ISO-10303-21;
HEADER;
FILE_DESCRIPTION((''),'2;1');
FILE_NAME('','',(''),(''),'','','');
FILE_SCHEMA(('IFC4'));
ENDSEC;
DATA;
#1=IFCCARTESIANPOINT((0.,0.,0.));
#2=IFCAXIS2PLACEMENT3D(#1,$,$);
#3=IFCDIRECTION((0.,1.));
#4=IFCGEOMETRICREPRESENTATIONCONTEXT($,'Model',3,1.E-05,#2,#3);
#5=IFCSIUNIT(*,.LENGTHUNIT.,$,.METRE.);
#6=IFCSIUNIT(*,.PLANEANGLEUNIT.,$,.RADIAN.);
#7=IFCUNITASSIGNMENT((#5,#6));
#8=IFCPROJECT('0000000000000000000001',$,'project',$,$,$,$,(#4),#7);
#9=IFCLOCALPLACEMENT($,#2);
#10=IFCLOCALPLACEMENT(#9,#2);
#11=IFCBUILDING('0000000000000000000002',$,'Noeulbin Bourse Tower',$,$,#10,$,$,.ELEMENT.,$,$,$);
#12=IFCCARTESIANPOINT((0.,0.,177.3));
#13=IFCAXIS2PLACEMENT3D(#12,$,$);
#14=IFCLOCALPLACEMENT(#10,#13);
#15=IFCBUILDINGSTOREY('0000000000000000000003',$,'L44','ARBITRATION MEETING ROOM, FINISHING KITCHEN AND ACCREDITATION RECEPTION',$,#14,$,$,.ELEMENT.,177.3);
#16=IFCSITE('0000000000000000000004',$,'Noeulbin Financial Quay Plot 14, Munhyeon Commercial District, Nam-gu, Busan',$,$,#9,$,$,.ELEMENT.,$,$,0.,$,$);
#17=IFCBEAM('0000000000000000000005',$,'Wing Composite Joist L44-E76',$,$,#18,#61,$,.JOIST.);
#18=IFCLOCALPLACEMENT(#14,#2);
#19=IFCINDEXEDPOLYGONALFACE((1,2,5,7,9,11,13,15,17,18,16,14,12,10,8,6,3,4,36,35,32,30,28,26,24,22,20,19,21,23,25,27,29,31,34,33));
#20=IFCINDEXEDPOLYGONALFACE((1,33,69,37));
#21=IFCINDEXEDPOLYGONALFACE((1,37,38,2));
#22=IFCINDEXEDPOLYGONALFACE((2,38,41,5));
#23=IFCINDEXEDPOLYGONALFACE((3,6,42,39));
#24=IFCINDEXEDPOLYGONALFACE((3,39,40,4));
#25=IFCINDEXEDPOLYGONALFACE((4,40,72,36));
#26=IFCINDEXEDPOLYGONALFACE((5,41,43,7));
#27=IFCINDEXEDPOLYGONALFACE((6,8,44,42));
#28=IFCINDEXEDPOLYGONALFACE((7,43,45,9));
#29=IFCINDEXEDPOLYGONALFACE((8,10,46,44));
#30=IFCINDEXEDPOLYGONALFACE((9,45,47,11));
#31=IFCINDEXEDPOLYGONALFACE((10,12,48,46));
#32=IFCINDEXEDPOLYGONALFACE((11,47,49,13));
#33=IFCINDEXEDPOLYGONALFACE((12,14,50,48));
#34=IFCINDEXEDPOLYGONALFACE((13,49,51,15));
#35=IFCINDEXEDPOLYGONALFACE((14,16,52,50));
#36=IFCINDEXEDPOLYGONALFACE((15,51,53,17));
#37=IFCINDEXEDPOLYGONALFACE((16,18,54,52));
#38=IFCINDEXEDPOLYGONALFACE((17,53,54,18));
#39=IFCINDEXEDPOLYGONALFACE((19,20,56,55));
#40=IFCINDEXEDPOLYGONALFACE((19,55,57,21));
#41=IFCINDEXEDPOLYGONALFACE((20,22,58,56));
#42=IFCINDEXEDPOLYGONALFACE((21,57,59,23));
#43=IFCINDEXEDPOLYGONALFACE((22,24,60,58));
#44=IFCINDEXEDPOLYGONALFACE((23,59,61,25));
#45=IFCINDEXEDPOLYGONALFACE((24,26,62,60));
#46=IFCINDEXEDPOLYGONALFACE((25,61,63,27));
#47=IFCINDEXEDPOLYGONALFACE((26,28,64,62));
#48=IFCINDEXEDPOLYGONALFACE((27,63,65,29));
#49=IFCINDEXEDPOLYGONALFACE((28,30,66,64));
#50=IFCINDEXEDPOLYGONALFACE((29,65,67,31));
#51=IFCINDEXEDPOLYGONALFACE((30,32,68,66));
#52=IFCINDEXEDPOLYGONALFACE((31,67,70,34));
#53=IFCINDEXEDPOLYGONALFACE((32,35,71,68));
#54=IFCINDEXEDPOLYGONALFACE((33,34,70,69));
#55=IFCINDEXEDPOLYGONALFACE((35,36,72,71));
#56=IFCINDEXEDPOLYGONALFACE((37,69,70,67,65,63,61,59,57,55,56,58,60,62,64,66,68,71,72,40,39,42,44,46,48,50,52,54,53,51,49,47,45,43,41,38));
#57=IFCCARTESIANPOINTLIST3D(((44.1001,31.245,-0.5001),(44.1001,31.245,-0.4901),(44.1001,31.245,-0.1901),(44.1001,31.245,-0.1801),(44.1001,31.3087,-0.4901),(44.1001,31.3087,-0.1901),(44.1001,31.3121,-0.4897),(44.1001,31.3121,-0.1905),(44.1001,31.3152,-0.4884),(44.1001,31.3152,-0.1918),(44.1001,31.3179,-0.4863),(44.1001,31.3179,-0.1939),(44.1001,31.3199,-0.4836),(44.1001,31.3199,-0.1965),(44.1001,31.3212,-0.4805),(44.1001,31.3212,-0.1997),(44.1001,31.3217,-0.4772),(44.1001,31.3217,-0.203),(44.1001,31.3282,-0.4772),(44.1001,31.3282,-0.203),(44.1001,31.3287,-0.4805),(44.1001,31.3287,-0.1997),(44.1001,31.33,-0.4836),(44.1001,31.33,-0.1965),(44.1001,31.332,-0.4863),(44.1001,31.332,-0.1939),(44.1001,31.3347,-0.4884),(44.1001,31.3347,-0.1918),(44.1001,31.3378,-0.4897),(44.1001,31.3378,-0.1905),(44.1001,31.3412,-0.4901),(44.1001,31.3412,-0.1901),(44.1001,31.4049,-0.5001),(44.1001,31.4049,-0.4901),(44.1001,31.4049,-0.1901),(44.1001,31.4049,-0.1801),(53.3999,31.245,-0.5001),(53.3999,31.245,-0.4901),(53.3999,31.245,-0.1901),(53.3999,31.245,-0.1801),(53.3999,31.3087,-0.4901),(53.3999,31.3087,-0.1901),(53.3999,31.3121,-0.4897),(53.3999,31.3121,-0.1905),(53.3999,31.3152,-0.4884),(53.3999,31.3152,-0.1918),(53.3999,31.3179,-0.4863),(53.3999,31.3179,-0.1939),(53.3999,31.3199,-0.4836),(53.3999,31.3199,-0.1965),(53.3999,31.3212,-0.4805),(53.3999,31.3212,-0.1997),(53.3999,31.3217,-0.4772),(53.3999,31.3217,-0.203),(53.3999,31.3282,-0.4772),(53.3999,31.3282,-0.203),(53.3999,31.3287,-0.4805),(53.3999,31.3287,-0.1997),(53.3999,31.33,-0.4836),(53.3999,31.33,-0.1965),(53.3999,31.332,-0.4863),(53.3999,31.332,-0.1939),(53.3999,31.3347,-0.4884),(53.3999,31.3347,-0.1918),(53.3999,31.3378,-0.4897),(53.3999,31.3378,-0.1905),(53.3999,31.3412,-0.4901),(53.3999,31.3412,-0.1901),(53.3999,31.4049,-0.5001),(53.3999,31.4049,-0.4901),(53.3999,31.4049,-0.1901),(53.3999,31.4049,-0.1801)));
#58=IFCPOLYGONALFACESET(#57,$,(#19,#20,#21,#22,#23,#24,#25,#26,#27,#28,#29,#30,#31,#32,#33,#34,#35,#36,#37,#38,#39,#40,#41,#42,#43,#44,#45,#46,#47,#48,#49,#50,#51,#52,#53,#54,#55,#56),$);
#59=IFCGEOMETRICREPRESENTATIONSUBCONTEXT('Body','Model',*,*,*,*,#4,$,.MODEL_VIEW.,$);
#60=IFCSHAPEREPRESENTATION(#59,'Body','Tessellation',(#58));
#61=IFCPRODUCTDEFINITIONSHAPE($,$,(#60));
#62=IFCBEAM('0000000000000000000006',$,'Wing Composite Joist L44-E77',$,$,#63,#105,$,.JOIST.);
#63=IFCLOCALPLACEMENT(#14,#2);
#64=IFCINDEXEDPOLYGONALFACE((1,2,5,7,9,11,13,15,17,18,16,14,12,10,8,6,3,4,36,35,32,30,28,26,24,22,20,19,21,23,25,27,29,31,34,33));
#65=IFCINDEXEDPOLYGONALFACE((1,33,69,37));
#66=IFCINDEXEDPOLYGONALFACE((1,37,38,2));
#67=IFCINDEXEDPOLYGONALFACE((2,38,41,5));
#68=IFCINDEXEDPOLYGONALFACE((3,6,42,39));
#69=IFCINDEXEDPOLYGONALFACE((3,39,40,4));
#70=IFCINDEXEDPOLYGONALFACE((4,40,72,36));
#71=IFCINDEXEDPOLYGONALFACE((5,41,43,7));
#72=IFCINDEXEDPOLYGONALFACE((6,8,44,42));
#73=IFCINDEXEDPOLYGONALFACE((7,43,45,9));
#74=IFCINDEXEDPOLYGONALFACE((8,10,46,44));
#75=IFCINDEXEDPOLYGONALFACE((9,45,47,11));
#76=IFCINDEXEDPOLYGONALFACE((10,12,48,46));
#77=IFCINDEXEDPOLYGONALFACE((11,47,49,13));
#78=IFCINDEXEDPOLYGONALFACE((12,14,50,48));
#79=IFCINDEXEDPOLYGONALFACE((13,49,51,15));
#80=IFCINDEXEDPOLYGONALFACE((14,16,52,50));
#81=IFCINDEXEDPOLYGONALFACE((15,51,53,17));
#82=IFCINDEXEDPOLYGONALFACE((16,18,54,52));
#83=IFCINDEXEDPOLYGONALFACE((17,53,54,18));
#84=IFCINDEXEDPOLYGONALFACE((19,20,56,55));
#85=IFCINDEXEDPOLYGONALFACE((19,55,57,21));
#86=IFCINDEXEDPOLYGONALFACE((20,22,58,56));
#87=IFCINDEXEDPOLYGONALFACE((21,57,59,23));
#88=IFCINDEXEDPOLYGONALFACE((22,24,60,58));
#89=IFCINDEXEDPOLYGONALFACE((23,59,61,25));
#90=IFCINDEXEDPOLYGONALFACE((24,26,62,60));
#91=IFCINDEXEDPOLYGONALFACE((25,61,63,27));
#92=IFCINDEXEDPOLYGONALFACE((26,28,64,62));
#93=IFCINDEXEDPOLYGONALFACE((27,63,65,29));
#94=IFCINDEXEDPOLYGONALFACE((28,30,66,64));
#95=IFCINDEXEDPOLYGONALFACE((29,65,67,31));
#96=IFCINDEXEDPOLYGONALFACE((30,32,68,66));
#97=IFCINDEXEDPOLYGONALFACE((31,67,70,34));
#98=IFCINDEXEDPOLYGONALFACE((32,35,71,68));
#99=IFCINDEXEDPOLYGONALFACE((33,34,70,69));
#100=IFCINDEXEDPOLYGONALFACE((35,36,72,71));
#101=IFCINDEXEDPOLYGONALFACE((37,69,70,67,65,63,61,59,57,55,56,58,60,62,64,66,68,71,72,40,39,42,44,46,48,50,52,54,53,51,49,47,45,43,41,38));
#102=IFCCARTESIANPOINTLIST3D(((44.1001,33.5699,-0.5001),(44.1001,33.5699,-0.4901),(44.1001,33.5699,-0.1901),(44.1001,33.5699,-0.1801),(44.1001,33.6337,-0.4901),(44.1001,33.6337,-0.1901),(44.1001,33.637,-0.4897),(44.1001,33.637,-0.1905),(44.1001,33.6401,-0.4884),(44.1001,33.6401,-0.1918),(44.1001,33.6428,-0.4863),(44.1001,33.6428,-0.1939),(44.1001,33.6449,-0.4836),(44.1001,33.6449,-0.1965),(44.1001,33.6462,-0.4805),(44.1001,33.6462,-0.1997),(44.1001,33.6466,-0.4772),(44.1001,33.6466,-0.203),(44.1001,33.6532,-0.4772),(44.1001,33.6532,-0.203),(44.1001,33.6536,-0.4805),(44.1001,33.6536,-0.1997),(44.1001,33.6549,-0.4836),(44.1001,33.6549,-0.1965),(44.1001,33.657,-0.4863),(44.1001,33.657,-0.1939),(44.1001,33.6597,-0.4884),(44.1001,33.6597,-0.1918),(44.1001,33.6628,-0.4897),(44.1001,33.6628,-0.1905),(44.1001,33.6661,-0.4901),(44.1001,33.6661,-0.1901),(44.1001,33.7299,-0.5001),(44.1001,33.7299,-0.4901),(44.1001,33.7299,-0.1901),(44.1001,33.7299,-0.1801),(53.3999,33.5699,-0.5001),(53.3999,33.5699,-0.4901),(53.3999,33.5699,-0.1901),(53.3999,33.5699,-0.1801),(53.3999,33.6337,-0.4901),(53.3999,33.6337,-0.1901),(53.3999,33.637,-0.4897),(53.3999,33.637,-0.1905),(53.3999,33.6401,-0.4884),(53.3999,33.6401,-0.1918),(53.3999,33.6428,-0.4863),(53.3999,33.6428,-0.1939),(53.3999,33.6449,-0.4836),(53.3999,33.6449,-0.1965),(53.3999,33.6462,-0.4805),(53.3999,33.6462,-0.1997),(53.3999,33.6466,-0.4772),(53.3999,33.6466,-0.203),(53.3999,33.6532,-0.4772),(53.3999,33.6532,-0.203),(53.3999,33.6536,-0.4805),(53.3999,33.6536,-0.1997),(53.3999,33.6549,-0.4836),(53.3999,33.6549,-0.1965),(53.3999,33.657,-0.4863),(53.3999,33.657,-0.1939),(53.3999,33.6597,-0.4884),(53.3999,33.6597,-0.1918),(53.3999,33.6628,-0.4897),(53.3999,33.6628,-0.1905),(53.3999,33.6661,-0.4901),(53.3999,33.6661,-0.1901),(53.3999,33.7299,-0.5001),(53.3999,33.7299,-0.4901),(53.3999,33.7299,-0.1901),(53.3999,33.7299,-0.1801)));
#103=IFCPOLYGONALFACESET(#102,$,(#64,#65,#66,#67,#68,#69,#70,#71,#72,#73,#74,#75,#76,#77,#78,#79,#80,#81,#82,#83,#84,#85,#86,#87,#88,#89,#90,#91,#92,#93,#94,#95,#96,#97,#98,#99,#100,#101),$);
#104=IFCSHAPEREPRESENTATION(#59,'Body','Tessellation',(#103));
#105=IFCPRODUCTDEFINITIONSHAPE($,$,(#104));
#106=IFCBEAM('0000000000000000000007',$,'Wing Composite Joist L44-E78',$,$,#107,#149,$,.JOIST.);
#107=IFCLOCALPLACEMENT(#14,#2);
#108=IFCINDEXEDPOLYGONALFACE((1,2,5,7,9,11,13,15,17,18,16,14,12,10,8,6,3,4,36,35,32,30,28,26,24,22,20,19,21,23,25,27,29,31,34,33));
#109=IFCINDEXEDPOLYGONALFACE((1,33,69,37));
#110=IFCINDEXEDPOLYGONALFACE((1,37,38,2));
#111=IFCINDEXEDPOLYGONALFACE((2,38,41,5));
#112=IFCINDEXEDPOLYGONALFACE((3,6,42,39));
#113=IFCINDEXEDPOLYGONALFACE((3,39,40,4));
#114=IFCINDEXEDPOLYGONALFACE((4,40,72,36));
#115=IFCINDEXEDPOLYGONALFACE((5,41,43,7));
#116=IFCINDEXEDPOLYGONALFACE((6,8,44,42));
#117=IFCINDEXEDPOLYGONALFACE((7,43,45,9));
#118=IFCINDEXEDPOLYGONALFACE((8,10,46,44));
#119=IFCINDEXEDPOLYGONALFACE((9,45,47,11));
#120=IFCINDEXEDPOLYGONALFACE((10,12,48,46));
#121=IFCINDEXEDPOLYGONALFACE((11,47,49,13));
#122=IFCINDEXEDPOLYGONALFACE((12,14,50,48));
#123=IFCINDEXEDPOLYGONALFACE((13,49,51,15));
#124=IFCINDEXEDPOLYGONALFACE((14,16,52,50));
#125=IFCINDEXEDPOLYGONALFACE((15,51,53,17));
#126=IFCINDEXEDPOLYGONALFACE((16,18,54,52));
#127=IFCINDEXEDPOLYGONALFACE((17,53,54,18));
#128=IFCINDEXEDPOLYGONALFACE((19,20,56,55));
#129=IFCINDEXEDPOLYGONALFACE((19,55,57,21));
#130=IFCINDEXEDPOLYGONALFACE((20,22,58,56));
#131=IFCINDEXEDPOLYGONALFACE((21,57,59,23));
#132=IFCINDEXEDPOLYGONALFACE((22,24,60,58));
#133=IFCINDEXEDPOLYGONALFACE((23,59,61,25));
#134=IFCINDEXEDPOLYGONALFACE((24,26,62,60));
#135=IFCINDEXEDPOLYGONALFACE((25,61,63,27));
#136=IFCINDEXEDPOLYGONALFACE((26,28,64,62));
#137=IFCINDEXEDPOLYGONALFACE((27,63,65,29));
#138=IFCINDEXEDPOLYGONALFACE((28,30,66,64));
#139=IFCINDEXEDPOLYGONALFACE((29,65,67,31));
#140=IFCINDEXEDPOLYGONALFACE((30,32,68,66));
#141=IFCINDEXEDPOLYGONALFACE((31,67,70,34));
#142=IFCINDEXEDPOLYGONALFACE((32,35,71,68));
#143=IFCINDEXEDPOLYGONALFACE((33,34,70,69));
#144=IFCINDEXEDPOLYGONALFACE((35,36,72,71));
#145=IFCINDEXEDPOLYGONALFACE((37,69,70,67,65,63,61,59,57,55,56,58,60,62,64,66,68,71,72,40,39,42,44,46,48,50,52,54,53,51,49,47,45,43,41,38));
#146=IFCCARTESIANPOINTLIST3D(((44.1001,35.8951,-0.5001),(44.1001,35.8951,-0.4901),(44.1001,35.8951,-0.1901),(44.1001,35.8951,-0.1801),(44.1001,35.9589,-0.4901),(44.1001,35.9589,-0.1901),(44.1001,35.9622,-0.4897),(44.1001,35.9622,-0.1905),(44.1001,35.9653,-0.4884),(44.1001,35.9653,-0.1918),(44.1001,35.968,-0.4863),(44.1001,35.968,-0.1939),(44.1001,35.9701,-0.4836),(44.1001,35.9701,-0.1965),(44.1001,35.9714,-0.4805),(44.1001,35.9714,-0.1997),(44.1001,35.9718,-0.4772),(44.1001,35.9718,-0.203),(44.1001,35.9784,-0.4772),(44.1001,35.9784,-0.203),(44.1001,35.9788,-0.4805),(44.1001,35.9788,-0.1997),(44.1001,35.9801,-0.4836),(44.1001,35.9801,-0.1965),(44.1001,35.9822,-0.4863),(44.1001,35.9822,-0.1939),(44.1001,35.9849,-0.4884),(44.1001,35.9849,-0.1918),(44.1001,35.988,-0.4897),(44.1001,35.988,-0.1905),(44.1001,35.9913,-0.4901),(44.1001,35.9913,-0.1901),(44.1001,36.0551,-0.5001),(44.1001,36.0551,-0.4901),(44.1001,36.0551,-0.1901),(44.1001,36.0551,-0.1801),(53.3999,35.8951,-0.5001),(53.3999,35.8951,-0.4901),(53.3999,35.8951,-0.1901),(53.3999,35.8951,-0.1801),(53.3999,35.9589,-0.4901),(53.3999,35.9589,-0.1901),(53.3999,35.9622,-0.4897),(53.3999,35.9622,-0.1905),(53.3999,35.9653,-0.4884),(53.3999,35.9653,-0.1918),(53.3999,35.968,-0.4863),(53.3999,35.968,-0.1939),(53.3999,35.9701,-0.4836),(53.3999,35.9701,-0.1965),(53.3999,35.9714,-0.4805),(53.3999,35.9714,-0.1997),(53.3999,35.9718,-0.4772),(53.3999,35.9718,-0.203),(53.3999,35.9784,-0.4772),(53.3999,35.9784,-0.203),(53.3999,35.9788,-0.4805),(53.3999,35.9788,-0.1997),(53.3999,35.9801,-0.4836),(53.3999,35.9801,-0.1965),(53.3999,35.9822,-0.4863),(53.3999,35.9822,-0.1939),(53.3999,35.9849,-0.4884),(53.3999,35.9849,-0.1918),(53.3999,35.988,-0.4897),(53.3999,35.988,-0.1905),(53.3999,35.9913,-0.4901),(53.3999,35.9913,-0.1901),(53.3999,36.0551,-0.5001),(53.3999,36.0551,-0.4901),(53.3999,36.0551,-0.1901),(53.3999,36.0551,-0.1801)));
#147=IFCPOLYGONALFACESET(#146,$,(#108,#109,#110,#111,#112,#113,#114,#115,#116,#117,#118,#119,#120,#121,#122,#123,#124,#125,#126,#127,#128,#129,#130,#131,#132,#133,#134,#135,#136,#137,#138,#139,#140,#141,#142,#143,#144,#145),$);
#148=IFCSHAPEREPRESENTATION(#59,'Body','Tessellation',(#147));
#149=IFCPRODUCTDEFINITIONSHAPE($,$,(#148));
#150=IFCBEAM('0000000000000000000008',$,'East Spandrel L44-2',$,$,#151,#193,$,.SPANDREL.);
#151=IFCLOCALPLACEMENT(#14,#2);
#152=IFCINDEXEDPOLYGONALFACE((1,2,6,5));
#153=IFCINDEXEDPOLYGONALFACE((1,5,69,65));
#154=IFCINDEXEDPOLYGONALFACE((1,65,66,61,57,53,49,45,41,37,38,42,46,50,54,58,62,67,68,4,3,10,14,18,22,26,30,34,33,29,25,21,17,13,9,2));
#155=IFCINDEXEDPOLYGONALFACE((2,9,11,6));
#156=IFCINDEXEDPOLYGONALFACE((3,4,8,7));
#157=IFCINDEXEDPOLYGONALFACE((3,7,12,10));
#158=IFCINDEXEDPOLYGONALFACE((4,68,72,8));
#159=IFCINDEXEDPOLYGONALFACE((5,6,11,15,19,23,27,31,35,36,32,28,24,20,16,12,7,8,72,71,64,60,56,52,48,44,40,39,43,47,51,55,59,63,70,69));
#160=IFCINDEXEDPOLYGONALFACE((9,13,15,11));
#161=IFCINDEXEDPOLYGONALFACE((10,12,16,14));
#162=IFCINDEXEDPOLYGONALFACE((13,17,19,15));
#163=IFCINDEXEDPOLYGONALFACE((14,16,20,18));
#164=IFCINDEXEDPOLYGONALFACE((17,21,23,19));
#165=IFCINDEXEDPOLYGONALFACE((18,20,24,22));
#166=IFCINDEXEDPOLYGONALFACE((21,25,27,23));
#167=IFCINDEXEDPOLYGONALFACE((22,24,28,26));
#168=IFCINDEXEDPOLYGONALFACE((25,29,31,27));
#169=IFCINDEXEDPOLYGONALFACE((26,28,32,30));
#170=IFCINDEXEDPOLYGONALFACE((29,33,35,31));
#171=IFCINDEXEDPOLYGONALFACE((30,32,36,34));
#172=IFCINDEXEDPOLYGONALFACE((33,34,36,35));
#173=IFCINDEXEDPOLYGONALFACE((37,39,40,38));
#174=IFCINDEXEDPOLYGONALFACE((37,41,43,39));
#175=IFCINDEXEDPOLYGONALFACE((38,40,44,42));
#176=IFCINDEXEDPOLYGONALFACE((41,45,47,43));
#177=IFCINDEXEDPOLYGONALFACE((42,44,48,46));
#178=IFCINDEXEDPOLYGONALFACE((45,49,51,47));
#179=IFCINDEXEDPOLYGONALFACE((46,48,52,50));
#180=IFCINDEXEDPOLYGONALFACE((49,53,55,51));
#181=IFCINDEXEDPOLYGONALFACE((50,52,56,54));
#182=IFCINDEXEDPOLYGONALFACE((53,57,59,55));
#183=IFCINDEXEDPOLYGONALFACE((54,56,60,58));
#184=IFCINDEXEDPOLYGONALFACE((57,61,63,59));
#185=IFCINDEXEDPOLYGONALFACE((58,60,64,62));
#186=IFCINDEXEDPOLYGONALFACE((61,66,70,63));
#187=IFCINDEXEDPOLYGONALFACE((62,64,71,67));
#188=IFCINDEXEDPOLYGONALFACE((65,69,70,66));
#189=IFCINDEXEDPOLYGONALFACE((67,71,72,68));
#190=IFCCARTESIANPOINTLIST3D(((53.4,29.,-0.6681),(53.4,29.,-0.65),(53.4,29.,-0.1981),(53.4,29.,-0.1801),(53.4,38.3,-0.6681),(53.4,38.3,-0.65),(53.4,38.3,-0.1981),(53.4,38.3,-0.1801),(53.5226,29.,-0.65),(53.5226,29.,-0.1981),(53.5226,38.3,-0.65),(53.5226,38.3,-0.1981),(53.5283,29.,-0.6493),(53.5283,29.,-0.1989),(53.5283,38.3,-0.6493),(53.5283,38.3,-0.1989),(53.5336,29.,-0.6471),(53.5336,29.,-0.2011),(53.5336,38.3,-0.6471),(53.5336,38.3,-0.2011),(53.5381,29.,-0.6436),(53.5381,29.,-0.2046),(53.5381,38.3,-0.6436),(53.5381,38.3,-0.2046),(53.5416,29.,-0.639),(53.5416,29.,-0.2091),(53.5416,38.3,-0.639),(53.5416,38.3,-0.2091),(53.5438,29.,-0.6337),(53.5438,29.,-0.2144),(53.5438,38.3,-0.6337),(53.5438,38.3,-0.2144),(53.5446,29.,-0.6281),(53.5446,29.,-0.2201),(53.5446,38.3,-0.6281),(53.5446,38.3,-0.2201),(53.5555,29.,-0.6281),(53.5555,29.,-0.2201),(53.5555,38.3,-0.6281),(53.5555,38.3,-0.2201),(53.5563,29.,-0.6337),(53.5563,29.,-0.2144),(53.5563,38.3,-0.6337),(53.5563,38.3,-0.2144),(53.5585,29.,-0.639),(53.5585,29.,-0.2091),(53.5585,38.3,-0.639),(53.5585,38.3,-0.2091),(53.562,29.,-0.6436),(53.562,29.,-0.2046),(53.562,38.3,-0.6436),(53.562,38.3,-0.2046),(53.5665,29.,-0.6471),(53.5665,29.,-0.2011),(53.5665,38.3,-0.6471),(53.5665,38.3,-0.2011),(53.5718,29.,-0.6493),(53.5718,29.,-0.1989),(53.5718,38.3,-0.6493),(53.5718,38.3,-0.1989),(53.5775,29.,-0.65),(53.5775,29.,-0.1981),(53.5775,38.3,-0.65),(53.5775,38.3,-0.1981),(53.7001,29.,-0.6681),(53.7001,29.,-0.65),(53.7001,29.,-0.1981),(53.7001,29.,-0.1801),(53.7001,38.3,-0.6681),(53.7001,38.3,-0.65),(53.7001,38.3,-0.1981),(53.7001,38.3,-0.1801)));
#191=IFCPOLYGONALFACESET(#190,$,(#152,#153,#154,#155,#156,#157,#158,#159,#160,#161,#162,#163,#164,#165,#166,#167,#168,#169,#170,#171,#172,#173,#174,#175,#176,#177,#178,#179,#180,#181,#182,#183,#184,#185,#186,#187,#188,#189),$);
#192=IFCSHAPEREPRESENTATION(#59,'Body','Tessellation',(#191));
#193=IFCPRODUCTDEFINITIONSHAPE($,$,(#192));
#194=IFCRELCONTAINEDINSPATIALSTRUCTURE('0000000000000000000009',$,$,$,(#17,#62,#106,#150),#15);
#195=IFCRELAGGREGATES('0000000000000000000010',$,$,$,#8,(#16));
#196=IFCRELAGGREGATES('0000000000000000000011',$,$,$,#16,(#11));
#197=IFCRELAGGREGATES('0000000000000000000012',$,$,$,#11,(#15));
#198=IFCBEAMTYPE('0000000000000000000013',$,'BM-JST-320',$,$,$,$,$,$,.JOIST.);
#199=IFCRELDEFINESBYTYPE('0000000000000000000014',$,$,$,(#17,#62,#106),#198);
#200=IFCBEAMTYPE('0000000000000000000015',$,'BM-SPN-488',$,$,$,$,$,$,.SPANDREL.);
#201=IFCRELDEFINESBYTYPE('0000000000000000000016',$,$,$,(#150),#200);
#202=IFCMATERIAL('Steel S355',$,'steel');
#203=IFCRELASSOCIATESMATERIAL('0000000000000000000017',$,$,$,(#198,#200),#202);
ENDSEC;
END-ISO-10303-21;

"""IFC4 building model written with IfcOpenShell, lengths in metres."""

from ifc_helpers import new_model, si_unit, direction, frame, origin, origin_2d, place, context, subcontext, project, spatial, i_section, extrude, material, material_profile, profile_set, type_object, element, save


model = new_model("IFC4")

# Units and contexts
model_context = context("Model", 3, precision=1e-05, world=origin(), true_north=direction((0.0, 1.0)))
body_context = subcontext(model_context, "Body", "Model", "MODEL_VIEW")
ifc_project = project(units=[si_unit("LENGTHUNIT", "METRE"), si_unit("PLANEANGLEUNIT", "RADIAN")], contexts=[model_context])

# Site, building, storey
site_placement = place(None, origin())
site = spatial("IfcSite", under=ifc_project, at=site_placement, Name="Noeulbin Financial Quay Plot 14, Munhyeon Commercial District, Nam-gu, Busan", CompositionType="ELEMENT", RefElevation=0.0)
building_placement = place(site_placement, origin())
building = spatial("IfcBuilding", under=site, at=building_placement, Name="Noeulbin Bourse Tower", CompositionType="ELEMENT")
storey_placement = place(building_placement, frame((0.0, 0.0, 177.3)))
storey = spatial("IfcBuildingStorey", under=building, at=storey_placement, Name="L44", Description="ARBITRATION MEETING ROOM, FINISHING KITCHEN AND ACCREDITATION RECEPTION", CompositionType="ELEMENT", Elevation=177.3)

# Beams
ifc_material_1 = material(Name="Steel S355", Category="steel")
ifc_material_profile_1 = material_profile(ifc_material_1, i_section(OverallWidth=0.1599, OverallDepth=0.3201, WebThickness=0.0066, FlangeThickness=0.01, FilletRadius=0.0129, at=origin_2d()), Name="H-320x160x6.5x10", Category="LoadBearing")
ifc_profile_set_1 = profile_set([ifc_material_profile_1], Name="Steel S355")
beam_type_1 = type_object("IfcBeamType", Name="BM-JST-320", PredefinedType="JOIST", material=ifc_profile_set_1)
for number, where, z_axis, x_axis, name in (
    (1, (44.1001, 31.325, -0.3401), (1.0, 0.0, 0.0), (0.0, 1.0, 0.0), "Wing Composite Joist L44-E76"),
    (2, (44.1001, 33.6499, -0.3401), (1.0, 0.0, 0.0), (0.0, 1.0, 0.0), "Wing Composite Joist L44-E77"),
    (3, (44.1001, 35.9751, -0.3401), (1.0, 0.0, 0.0), (0.0, 1.0, 0.0), "Wing Composite Joist L44-E78"),
):
    element("IfcBeam", number, at=place(storey_placement, frame(where, z_axis=z_axis, x_axis=x_axis)), inside=storey, type_object=beam_type_1, Name=name, PredefinedType="JOIST", context=body_context, shape_type="SweptSolid", body=[
        extrude(i_section(OverallWidth=0.1599, OverallDepth=0.3201, WebThickness=0.0066, FlangeThickness=0.01, FilletRadius=0.0129, at=origin_2d()), origin(), (0.0, 0.0, 1.0), 9.2998),
    ])
ifc_material_profile_2 = material_profile(ifc_material_1, i_section(OverallWidth=0.3, OverallDepth=0.488, WebThickness=0.011, FlangeThickness=0.0181, FilletRadius=0.022, at=origin_2d()), Name="H-488x300x11x18", Category="LoadBearing")
ifc_profile_set_2 = profile_set([ifc_material_profile_2], Name="Steel S355")
beam_type_2 = type_object("IfcBeamType", Name="BM-SPN-488", PredefinedType="SPANDREL", material=ifc_profile_set_2)
beam_1_placement = place(storey_placement, frame((53.55, 29.0, -0.4241), z_axis=(0.0, 1.0, 0.0), x_axis=(-1.0, 0.0, 0.0)))
element("IfcBeam", 4, at=beam_1_placement, inside=storey, type_object=beam_type_2, Name="East Spandrel L44-2", PredefinedType="SPANDREL", context=body_context, shape_type="SweptSolid", body=[
    extrude(i_section(OverallWidth=0.3, OverallDepth=0.488, WebThickness=0.011, FlangeThickness=0.0181, FilletRadius=0.022, at=origin_2d()), origin(), (0.0, 0.0, 1.0), 9.3),
])

save(model, "model.ifc")
